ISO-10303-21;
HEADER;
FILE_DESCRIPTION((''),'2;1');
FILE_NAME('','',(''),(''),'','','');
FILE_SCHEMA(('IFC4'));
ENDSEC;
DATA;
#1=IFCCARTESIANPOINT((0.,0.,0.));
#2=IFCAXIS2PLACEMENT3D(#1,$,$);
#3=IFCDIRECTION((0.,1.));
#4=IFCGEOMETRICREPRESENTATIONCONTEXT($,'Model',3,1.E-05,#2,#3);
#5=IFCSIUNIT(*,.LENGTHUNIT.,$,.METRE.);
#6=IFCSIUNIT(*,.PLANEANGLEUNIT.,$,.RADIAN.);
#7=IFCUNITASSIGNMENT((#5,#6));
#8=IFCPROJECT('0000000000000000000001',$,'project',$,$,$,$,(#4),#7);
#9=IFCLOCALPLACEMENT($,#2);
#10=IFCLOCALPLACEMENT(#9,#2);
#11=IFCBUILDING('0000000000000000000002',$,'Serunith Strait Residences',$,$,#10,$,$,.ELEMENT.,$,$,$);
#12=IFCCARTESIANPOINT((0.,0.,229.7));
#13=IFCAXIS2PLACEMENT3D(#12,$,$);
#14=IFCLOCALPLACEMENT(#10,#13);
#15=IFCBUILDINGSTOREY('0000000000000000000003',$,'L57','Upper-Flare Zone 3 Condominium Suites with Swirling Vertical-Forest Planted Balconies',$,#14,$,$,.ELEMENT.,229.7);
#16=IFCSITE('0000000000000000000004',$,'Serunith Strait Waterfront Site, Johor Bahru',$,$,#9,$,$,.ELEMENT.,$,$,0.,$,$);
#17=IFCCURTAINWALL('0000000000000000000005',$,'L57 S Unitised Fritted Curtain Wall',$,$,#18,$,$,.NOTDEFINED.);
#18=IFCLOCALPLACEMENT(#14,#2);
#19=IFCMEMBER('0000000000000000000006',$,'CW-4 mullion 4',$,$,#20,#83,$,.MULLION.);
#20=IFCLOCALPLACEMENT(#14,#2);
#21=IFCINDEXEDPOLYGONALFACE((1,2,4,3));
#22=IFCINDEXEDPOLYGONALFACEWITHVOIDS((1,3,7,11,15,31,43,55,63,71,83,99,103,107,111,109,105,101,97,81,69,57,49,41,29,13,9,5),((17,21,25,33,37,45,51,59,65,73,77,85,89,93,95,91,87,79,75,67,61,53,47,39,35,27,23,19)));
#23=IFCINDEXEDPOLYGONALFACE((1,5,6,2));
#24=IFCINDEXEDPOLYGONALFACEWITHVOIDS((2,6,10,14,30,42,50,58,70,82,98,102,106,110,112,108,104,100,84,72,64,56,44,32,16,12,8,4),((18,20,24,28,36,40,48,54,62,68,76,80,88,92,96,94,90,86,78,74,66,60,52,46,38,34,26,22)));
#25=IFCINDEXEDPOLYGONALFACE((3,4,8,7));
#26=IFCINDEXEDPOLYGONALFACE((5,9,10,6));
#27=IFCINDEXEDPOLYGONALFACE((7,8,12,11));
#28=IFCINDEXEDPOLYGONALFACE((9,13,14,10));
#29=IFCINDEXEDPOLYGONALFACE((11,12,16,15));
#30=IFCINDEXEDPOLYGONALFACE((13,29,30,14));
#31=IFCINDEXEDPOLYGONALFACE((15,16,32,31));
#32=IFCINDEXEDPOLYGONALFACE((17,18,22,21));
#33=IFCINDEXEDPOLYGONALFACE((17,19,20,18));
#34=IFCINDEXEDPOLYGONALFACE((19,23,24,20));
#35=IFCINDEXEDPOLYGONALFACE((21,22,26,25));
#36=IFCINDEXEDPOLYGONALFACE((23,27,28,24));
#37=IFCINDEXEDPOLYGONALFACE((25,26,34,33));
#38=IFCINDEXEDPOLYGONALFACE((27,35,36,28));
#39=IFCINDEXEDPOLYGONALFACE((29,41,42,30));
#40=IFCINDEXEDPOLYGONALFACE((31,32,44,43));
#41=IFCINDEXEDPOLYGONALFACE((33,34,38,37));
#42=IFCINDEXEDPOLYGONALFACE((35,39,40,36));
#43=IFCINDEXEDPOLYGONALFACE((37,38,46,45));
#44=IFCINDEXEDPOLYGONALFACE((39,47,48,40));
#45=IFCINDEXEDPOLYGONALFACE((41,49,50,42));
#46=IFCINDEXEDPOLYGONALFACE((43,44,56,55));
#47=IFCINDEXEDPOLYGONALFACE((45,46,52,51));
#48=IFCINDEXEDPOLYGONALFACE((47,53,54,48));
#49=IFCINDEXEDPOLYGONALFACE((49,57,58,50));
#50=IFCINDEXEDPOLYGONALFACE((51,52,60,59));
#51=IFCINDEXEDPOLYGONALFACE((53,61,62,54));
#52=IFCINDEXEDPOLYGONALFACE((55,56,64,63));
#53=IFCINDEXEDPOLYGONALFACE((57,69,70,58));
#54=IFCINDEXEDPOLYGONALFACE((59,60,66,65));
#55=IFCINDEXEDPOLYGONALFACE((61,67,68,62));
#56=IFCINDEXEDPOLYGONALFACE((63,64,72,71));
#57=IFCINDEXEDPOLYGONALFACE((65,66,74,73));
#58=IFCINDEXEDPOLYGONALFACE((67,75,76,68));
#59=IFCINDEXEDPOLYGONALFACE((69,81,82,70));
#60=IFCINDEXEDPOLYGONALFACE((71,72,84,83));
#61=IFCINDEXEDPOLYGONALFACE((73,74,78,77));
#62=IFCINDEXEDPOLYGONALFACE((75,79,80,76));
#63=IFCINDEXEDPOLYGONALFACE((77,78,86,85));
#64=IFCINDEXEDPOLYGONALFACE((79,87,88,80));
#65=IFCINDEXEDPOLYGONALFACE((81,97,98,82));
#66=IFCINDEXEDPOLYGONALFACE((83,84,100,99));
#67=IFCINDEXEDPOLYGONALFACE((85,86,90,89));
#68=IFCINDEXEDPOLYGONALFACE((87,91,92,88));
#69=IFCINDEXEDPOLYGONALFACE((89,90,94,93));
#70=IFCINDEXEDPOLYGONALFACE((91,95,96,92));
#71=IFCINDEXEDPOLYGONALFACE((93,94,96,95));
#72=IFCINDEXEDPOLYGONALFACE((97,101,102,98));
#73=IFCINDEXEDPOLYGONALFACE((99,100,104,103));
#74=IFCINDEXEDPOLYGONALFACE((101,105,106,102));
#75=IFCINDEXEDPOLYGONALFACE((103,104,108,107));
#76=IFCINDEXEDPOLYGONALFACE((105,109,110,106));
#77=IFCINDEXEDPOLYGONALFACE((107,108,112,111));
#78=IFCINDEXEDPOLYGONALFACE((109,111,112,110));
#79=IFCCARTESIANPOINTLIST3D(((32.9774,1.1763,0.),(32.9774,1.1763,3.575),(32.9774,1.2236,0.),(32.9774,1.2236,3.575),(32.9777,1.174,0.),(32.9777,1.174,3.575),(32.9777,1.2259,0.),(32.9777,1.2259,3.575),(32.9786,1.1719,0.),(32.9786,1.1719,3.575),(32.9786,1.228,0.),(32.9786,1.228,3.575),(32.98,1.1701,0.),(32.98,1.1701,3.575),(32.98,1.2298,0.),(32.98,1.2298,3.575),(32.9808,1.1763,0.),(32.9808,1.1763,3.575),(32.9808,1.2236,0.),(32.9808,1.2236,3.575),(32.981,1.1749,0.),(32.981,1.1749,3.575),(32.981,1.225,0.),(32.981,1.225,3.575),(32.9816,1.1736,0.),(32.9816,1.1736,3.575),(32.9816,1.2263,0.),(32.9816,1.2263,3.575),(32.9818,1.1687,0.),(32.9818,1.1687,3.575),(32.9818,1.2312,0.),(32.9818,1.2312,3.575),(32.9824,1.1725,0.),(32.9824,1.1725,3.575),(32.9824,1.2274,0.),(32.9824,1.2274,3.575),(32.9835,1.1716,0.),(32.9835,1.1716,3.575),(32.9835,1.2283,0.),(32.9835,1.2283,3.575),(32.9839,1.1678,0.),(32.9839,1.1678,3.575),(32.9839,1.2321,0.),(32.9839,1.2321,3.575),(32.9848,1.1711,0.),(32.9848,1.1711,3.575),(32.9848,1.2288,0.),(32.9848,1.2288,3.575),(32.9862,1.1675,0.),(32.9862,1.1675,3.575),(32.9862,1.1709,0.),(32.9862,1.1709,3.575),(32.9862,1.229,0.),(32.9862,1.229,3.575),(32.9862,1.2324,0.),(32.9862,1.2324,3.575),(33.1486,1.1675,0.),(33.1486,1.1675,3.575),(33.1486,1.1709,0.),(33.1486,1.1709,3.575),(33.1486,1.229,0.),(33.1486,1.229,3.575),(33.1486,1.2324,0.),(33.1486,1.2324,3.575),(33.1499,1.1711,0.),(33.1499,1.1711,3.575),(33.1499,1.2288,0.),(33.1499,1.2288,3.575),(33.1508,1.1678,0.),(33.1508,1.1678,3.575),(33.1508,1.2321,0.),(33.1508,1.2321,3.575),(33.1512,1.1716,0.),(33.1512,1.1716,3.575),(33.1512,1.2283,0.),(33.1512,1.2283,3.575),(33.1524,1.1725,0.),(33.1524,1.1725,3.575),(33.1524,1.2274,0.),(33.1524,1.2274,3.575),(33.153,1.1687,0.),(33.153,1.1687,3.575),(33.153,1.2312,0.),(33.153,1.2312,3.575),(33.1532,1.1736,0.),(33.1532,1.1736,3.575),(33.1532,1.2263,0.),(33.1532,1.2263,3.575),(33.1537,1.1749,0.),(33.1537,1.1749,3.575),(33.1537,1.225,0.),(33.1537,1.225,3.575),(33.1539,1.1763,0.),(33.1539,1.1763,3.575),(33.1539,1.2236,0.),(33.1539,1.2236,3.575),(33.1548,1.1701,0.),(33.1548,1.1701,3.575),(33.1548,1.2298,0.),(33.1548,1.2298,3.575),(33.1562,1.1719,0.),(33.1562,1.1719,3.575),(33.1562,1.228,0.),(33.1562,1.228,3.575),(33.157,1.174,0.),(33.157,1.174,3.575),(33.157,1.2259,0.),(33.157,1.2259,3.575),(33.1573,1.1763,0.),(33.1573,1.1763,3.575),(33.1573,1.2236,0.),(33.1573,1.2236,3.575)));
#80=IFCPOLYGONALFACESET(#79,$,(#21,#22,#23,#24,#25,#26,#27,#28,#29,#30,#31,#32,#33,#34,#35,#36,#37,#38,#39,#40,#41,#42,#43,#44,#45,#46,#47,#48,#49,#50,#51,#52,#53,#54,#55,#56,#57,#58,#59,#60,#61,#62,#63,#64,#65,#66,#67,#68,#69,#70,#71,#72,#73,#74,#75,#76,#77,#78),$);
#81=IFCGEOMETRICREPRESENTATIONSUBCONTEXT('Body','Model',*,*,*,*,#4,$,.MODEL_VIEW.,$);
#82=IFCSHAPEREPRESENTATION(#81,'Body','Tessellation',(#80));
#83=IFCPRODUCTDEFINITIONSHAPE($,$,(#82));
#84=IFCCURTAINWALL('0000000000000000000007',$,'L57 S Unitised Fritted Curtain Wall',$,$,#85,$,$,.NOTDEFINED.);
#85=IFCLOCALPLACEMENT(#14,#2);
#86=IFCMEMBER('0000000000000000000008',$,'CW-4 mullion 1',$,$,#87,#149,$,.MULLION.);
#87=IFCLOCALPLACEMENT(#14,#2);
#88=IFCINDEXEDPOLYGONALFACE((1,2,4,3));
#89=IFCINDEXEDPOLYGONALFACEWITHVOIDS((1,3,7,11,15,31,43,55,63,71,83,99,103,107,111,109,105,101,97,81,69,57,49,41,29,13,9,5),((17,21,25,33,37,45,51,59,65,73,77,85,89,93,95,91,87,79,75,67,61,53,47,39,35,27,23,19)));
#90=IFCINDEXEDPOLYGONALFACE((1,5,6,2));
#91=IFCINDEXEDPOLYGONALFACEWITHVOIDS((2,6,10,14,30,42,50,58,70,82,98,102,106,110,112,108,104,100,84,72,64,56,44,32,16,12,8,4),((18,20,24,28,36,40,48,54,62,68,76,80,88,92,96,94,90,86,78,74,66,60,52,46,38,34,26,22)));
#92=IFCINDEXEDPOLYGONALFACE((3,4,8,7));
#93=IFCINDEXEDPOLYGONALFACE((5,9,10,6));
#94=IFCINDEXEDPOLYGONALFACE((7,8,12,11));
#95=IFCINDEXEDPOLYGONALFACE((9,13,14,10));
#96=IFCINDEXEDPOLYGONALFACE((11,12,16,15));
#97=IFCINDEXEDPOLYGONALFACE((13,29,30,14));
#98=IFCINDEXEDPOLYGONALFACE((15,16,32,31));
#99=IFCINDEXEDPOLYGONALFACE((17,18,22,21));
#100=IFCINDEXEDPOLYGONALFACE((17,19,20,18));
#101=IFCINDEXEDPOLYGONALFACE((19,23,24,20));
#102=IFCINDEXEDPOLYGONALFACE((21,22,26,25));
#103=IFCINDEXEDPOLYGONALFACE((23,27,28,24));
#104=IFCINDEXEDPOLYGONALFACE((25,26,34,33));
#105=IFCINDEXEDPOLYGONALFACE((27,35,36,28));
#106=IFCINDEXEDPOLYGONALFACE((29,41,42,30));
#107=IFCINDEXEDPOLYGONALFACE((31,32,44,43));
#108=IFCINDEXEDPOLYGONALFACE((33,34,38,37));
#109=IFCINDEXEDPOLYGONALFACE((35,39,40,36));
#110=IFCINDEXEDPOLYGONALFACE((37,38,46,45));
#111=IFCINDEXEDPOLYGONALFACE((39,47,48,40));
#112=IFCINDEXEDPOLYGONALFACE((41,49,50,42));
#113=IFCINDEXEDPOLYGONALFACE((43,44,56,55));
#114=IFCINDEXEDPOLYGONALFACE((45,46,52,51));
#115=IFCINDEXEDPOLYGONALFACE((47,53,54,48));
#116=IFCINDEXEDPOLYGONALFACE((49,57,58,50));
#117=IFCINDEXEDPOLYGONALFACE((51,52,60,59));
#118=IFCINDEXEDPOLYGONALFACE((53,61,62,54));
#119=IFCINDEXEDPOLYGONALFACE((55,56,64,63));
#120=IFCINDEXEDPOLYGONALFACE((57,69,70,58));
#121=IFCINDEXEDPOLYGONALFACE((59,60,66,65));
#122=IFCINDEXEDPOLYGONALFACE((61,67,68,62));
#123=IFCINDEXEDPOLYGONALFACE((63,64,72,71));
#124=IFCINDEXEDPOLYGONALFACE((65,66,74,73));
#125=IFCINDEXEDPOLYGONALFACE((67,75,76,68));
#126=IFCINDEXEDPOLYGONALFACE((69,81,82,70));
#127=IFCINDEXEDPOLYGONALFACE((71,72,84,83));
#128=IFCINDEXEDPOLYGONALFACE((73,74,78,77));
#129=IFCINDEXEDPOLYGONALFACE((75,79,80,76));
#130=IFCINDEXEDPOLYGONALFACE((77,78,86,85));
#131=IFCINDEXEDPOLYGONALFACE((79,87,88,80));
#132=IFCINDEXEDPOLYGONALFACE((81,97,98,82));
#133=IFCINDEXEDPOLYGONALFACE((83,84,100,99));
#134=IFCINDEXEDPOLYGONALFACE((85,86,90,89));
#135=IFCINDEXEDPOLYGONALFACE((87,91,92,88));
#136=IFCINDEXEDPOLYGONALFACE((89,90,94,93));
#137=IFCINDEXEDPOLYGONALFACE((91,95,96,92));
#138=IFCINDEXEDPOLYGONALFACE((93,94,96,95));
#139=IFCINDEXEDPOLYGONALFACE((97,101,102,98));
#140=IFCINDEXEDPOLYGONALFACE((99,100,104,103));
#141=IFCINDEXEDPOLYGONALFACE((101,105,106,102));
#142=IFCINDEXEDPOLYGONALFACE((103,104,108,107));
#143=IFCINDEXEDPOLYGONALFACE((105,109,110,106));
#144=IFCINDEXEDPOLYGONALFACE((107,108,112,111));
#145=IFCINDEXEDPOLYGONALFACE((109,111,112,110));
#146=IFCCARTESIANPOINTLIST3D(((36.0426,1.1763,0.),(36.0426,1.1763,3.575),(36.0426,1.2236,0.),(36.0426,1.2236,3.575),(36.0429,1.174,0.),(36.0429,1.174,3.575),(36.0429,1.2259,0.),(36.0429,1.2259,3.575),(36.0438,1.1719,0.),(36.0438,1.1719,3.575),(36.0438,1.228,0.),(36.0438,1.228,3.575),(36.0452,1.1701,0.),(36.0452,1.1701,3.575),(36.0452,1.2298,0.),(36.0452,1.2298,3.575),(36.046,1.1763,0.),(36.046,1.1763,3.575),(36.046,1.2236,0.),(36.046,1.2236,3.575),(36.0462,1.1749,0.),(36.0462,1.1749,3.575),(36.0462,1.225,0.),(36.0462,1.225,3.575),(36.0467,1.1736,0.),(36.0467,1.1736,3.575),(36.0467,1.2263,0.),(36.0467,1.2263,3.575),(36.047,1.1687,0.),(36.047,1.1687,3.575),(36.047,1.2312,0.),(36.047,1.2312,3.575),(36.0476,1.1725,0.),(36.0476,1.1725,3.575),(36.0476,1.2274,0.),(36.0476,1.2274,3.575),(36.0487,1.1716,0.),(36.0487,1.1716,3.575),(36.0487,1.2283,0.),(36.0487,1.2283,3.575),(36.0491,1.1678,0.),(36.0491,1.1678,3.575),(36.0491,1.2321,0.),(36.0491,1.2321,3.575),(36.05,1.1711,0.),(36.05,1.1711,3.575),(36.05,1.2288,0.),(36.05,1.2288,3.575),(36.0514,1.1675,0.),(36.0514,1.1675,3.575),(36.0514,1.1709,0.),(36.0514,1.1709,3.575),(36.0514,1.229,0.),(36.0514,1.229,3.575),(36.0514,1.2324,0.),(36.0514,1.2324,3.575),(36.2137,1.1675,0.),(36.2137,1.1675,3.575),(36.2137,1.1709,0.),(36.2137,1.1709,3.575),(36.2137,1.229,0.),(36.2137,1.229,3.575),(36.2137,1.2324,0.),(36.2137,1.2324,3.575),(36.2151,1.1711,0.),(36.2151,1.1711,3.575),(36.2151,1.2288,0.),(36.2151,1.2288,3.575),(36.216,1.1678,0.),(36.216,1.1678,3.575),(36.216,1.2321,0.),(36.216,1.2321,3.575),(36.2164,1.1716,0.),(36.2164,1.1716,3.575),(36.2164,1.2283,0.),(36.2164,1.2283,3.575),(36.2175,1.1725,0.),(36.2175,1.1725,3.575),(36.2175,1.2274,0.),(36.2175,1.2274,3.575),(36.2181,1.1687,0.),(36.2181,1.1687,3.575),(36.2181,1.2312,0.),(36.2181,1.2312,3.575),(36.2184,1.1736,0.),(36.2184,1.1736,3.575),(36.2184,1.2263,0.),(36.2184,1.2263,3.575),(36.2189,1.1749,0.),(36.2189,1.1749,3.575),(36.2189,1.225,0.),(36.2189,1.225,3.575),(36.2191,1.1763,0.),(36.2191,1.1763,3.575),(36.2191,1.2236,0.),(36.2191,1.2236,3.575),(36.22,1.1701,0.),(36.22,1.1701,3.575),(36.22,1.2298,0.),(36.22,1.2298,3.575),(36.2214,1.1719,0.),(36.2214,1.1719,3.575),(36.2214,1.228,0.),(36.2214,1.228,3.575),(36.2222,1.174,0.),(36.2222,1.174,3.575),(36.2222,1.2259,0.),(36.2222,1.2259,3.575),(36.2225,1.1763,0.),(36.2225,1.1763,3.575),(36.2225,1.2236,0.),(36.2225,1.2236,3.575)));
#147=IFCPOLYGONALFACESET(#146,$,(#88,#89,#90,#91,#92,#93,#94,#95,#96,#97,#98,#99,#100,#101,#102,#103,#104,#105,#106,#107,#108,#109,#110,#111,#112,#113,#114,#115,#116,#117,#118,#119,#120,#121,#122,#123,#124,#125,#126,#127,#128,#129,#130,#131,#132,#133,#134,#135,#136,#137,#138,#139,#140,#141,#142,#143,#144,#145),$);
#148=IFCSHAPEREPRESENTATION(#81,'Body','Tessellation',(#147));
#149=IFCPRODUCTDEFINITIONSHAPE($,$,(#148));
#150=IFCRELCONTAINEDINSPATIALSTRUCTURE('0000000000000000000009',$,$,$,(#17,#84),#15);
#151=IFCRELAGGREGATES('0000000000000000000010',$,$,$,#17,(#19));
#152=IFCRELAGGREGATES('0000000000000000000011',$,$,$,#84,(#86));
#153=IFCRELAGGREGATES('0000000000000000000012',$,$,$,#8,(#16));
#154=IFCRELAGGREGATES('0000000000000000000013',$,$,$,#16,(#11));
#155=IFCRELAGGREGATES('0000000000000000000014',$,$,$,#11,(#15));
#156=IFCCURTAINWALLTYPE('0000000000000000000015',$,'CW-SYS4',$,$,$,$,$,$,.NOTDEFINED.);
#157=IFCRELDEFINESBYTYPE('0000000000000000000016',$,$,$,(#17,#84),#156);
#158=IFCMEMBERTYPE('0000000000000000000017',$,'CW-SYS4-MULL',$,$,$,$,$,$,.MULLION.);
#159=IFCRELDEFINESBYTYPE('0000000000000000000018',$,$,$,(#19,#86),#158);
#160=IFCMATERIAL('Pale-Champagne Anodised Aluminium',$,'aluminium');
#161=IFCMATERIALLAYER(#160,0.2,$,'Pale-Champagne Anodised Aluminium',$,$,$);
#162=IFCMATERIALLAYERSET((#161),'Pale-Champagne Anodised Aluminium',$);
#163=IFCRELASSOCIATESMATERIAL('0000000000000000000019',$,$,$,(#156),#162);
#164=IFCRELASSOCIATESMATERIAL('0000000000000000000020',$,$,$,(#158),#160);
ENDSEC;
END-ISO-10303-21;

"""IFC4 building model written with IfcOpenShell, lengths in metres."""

from ifc_helpers import new_model, si_unit, direction, frame, origin, origin_2d, place, context, subcontext, project, spatial, hollow_rectangle, extrude, source, transform, mapped, material, layer, layer_set, material_profile, profile_set, type_object, element, aggregate, save


model = new_model("IFC4")

# Units and contexts
model_context = context("Model", 3, precision=1e-05, world=origin(), true_north=direction((0.0, 1.0)))
body_context = subcontext(model_context, "Body", "Model", "MODEL_VIEW")
ifc_project = project(units=[si_unit("LENGTHUNIT", "METRE"), si_unit("PLANEANGLEUNIT", "RADIAN")], contexts=[model_context])

# Site, building, storey
site_placement = place(None, origin())
site = spatial("IfcSite", under=ifc_project, at=site_placement, Name="Serunith Strait Waterfront Site, Johor Bahru", CompositionType="ELEMENT", RefElevation=0.0)
building_placement = place(site_placement, origin())
building = spatial("IfcBuilding", under=site, at=building_placement, Name="Serunith Strait Residences", CompositionType="ELEMENT")
storey_placement = place(building_placement, frame((0.0, 0.0, 229.7)))
storey = spatial("IfcBuildingStorey", under=building, at=storey_placement, Name="L57", Description="Upper-Flare Zone 3 Condominium Suites with Swirling Vertical-Forest Planted Balconies", CompositionType="ELEMENT", Elevation=229.7)

# Curtain wall, member
ifc_material_1 = material(Name="Pale-Champagne Anodised Aluminium", Category="aluminium")
ifc_layer_1 = layer(ifc_material_1, 0.2, Name="Pale-Champagne Anodised Aluminium")
ifc_layer_set_1 = layer_set([ifc_layer_1], Name="Pale-Champagne Anodised Aluminium")
curtain_wall_type = type_object("IfcCurtainWallType", Name="CW-SYS4", PredefinedType="NOTDEFINED", material=ifc_layer_set_1)
curtain_wall_1_placement = place(storey_placement, origin())
curtain_wall_1 = element("IfcCurtainWall", 1, at=curtain_wall_1_placement, inside=storey, type_object=curtain_wall_type, Name="L57 S Unitised Fritted Curtain Wall", PredefinedType="NOTDEFINED")
ifc_material_profile_1 = material_profile(ifc_material_1, hollow_rectangle(XDim=0.0649, YDim=0.1799, WallThickness=0.0034, InnerFilletRadius=0.0054, OuterFilletRadius=0.0088, at=origin_2d()), Name="ALU 180x65x3.5")
ifc_profile_set_1 = profile_set([ifc_material_profile_1], Name="Pale-Champagne Anodised Aluminium")
member_type_1 = type_object("IfcMemberType", Name="CW-SYS4-MULL", PredefinedType="MULLION", material=ifc_profile_set_1)
shared_shape_1 = source(origin(), body_context, "Body", "SweptSolid", [
    extrude(hollow_rectangle(XDim=0.0649, YDim=0.1799, WallThickness=0.0034, InnerFilletRadius=0.0054, OuterFilletRadius=0.0088, at=origin_2d()), origin(), (0.0, 0.0, 1.0), 3.575),
])
member_1_placement = place(storey_placement, frame((33.0674, 1.2, 0.0), z_axis=(0.0, 0.0, 1.0), x_axis=(0.0, 1.0, 0.0)))
member_1 = element("IfcMember", 2, at=member_1_placement, type_object=member_type_1, Name="CW-4 mullion 4", PredefinedType="MULLION", context=body_context, shape_type="MappedRepresentation", body=[
    mapped(shared_shape_1, transform((0.0, 0.0, 0.0), scale=1.0)),
])
aggregate(curtain_wall_1, [member_1])

# Curtain wall, member
curtain_wall_2_placement = place(storey_placement, origin())
curtain_wall_2 = element("IfcCurtainWall", 3, at=curtain_wall_2_placement, inside=storey, type_object=curtain_wall_type, Name="L57 S Unitised Fritted Curtain Wall", PredefinedType="NOTDEFINED")
member_2_placement = place(storey_placement, frame((36.1326, 1.2, 0.0), z_axis=(0.0, 0.0, 1.0), x_axis=(0.0, 1.0, 0.0)))
member_2 = element("IfcMember", 4, at=member_2_placement, type_object=member_type_1, Name="CW-4 mullion 1", PredefinedType="MULLION", context=body_context, shape_type="MappedRepresentation", body=[
    mapped(shared_shape_1, transform((0.0, 0.0, 0.0), scale=1.0)),
])
aggregate(curtain_wall_2, [member_2])

save(model, "model.ifc")
